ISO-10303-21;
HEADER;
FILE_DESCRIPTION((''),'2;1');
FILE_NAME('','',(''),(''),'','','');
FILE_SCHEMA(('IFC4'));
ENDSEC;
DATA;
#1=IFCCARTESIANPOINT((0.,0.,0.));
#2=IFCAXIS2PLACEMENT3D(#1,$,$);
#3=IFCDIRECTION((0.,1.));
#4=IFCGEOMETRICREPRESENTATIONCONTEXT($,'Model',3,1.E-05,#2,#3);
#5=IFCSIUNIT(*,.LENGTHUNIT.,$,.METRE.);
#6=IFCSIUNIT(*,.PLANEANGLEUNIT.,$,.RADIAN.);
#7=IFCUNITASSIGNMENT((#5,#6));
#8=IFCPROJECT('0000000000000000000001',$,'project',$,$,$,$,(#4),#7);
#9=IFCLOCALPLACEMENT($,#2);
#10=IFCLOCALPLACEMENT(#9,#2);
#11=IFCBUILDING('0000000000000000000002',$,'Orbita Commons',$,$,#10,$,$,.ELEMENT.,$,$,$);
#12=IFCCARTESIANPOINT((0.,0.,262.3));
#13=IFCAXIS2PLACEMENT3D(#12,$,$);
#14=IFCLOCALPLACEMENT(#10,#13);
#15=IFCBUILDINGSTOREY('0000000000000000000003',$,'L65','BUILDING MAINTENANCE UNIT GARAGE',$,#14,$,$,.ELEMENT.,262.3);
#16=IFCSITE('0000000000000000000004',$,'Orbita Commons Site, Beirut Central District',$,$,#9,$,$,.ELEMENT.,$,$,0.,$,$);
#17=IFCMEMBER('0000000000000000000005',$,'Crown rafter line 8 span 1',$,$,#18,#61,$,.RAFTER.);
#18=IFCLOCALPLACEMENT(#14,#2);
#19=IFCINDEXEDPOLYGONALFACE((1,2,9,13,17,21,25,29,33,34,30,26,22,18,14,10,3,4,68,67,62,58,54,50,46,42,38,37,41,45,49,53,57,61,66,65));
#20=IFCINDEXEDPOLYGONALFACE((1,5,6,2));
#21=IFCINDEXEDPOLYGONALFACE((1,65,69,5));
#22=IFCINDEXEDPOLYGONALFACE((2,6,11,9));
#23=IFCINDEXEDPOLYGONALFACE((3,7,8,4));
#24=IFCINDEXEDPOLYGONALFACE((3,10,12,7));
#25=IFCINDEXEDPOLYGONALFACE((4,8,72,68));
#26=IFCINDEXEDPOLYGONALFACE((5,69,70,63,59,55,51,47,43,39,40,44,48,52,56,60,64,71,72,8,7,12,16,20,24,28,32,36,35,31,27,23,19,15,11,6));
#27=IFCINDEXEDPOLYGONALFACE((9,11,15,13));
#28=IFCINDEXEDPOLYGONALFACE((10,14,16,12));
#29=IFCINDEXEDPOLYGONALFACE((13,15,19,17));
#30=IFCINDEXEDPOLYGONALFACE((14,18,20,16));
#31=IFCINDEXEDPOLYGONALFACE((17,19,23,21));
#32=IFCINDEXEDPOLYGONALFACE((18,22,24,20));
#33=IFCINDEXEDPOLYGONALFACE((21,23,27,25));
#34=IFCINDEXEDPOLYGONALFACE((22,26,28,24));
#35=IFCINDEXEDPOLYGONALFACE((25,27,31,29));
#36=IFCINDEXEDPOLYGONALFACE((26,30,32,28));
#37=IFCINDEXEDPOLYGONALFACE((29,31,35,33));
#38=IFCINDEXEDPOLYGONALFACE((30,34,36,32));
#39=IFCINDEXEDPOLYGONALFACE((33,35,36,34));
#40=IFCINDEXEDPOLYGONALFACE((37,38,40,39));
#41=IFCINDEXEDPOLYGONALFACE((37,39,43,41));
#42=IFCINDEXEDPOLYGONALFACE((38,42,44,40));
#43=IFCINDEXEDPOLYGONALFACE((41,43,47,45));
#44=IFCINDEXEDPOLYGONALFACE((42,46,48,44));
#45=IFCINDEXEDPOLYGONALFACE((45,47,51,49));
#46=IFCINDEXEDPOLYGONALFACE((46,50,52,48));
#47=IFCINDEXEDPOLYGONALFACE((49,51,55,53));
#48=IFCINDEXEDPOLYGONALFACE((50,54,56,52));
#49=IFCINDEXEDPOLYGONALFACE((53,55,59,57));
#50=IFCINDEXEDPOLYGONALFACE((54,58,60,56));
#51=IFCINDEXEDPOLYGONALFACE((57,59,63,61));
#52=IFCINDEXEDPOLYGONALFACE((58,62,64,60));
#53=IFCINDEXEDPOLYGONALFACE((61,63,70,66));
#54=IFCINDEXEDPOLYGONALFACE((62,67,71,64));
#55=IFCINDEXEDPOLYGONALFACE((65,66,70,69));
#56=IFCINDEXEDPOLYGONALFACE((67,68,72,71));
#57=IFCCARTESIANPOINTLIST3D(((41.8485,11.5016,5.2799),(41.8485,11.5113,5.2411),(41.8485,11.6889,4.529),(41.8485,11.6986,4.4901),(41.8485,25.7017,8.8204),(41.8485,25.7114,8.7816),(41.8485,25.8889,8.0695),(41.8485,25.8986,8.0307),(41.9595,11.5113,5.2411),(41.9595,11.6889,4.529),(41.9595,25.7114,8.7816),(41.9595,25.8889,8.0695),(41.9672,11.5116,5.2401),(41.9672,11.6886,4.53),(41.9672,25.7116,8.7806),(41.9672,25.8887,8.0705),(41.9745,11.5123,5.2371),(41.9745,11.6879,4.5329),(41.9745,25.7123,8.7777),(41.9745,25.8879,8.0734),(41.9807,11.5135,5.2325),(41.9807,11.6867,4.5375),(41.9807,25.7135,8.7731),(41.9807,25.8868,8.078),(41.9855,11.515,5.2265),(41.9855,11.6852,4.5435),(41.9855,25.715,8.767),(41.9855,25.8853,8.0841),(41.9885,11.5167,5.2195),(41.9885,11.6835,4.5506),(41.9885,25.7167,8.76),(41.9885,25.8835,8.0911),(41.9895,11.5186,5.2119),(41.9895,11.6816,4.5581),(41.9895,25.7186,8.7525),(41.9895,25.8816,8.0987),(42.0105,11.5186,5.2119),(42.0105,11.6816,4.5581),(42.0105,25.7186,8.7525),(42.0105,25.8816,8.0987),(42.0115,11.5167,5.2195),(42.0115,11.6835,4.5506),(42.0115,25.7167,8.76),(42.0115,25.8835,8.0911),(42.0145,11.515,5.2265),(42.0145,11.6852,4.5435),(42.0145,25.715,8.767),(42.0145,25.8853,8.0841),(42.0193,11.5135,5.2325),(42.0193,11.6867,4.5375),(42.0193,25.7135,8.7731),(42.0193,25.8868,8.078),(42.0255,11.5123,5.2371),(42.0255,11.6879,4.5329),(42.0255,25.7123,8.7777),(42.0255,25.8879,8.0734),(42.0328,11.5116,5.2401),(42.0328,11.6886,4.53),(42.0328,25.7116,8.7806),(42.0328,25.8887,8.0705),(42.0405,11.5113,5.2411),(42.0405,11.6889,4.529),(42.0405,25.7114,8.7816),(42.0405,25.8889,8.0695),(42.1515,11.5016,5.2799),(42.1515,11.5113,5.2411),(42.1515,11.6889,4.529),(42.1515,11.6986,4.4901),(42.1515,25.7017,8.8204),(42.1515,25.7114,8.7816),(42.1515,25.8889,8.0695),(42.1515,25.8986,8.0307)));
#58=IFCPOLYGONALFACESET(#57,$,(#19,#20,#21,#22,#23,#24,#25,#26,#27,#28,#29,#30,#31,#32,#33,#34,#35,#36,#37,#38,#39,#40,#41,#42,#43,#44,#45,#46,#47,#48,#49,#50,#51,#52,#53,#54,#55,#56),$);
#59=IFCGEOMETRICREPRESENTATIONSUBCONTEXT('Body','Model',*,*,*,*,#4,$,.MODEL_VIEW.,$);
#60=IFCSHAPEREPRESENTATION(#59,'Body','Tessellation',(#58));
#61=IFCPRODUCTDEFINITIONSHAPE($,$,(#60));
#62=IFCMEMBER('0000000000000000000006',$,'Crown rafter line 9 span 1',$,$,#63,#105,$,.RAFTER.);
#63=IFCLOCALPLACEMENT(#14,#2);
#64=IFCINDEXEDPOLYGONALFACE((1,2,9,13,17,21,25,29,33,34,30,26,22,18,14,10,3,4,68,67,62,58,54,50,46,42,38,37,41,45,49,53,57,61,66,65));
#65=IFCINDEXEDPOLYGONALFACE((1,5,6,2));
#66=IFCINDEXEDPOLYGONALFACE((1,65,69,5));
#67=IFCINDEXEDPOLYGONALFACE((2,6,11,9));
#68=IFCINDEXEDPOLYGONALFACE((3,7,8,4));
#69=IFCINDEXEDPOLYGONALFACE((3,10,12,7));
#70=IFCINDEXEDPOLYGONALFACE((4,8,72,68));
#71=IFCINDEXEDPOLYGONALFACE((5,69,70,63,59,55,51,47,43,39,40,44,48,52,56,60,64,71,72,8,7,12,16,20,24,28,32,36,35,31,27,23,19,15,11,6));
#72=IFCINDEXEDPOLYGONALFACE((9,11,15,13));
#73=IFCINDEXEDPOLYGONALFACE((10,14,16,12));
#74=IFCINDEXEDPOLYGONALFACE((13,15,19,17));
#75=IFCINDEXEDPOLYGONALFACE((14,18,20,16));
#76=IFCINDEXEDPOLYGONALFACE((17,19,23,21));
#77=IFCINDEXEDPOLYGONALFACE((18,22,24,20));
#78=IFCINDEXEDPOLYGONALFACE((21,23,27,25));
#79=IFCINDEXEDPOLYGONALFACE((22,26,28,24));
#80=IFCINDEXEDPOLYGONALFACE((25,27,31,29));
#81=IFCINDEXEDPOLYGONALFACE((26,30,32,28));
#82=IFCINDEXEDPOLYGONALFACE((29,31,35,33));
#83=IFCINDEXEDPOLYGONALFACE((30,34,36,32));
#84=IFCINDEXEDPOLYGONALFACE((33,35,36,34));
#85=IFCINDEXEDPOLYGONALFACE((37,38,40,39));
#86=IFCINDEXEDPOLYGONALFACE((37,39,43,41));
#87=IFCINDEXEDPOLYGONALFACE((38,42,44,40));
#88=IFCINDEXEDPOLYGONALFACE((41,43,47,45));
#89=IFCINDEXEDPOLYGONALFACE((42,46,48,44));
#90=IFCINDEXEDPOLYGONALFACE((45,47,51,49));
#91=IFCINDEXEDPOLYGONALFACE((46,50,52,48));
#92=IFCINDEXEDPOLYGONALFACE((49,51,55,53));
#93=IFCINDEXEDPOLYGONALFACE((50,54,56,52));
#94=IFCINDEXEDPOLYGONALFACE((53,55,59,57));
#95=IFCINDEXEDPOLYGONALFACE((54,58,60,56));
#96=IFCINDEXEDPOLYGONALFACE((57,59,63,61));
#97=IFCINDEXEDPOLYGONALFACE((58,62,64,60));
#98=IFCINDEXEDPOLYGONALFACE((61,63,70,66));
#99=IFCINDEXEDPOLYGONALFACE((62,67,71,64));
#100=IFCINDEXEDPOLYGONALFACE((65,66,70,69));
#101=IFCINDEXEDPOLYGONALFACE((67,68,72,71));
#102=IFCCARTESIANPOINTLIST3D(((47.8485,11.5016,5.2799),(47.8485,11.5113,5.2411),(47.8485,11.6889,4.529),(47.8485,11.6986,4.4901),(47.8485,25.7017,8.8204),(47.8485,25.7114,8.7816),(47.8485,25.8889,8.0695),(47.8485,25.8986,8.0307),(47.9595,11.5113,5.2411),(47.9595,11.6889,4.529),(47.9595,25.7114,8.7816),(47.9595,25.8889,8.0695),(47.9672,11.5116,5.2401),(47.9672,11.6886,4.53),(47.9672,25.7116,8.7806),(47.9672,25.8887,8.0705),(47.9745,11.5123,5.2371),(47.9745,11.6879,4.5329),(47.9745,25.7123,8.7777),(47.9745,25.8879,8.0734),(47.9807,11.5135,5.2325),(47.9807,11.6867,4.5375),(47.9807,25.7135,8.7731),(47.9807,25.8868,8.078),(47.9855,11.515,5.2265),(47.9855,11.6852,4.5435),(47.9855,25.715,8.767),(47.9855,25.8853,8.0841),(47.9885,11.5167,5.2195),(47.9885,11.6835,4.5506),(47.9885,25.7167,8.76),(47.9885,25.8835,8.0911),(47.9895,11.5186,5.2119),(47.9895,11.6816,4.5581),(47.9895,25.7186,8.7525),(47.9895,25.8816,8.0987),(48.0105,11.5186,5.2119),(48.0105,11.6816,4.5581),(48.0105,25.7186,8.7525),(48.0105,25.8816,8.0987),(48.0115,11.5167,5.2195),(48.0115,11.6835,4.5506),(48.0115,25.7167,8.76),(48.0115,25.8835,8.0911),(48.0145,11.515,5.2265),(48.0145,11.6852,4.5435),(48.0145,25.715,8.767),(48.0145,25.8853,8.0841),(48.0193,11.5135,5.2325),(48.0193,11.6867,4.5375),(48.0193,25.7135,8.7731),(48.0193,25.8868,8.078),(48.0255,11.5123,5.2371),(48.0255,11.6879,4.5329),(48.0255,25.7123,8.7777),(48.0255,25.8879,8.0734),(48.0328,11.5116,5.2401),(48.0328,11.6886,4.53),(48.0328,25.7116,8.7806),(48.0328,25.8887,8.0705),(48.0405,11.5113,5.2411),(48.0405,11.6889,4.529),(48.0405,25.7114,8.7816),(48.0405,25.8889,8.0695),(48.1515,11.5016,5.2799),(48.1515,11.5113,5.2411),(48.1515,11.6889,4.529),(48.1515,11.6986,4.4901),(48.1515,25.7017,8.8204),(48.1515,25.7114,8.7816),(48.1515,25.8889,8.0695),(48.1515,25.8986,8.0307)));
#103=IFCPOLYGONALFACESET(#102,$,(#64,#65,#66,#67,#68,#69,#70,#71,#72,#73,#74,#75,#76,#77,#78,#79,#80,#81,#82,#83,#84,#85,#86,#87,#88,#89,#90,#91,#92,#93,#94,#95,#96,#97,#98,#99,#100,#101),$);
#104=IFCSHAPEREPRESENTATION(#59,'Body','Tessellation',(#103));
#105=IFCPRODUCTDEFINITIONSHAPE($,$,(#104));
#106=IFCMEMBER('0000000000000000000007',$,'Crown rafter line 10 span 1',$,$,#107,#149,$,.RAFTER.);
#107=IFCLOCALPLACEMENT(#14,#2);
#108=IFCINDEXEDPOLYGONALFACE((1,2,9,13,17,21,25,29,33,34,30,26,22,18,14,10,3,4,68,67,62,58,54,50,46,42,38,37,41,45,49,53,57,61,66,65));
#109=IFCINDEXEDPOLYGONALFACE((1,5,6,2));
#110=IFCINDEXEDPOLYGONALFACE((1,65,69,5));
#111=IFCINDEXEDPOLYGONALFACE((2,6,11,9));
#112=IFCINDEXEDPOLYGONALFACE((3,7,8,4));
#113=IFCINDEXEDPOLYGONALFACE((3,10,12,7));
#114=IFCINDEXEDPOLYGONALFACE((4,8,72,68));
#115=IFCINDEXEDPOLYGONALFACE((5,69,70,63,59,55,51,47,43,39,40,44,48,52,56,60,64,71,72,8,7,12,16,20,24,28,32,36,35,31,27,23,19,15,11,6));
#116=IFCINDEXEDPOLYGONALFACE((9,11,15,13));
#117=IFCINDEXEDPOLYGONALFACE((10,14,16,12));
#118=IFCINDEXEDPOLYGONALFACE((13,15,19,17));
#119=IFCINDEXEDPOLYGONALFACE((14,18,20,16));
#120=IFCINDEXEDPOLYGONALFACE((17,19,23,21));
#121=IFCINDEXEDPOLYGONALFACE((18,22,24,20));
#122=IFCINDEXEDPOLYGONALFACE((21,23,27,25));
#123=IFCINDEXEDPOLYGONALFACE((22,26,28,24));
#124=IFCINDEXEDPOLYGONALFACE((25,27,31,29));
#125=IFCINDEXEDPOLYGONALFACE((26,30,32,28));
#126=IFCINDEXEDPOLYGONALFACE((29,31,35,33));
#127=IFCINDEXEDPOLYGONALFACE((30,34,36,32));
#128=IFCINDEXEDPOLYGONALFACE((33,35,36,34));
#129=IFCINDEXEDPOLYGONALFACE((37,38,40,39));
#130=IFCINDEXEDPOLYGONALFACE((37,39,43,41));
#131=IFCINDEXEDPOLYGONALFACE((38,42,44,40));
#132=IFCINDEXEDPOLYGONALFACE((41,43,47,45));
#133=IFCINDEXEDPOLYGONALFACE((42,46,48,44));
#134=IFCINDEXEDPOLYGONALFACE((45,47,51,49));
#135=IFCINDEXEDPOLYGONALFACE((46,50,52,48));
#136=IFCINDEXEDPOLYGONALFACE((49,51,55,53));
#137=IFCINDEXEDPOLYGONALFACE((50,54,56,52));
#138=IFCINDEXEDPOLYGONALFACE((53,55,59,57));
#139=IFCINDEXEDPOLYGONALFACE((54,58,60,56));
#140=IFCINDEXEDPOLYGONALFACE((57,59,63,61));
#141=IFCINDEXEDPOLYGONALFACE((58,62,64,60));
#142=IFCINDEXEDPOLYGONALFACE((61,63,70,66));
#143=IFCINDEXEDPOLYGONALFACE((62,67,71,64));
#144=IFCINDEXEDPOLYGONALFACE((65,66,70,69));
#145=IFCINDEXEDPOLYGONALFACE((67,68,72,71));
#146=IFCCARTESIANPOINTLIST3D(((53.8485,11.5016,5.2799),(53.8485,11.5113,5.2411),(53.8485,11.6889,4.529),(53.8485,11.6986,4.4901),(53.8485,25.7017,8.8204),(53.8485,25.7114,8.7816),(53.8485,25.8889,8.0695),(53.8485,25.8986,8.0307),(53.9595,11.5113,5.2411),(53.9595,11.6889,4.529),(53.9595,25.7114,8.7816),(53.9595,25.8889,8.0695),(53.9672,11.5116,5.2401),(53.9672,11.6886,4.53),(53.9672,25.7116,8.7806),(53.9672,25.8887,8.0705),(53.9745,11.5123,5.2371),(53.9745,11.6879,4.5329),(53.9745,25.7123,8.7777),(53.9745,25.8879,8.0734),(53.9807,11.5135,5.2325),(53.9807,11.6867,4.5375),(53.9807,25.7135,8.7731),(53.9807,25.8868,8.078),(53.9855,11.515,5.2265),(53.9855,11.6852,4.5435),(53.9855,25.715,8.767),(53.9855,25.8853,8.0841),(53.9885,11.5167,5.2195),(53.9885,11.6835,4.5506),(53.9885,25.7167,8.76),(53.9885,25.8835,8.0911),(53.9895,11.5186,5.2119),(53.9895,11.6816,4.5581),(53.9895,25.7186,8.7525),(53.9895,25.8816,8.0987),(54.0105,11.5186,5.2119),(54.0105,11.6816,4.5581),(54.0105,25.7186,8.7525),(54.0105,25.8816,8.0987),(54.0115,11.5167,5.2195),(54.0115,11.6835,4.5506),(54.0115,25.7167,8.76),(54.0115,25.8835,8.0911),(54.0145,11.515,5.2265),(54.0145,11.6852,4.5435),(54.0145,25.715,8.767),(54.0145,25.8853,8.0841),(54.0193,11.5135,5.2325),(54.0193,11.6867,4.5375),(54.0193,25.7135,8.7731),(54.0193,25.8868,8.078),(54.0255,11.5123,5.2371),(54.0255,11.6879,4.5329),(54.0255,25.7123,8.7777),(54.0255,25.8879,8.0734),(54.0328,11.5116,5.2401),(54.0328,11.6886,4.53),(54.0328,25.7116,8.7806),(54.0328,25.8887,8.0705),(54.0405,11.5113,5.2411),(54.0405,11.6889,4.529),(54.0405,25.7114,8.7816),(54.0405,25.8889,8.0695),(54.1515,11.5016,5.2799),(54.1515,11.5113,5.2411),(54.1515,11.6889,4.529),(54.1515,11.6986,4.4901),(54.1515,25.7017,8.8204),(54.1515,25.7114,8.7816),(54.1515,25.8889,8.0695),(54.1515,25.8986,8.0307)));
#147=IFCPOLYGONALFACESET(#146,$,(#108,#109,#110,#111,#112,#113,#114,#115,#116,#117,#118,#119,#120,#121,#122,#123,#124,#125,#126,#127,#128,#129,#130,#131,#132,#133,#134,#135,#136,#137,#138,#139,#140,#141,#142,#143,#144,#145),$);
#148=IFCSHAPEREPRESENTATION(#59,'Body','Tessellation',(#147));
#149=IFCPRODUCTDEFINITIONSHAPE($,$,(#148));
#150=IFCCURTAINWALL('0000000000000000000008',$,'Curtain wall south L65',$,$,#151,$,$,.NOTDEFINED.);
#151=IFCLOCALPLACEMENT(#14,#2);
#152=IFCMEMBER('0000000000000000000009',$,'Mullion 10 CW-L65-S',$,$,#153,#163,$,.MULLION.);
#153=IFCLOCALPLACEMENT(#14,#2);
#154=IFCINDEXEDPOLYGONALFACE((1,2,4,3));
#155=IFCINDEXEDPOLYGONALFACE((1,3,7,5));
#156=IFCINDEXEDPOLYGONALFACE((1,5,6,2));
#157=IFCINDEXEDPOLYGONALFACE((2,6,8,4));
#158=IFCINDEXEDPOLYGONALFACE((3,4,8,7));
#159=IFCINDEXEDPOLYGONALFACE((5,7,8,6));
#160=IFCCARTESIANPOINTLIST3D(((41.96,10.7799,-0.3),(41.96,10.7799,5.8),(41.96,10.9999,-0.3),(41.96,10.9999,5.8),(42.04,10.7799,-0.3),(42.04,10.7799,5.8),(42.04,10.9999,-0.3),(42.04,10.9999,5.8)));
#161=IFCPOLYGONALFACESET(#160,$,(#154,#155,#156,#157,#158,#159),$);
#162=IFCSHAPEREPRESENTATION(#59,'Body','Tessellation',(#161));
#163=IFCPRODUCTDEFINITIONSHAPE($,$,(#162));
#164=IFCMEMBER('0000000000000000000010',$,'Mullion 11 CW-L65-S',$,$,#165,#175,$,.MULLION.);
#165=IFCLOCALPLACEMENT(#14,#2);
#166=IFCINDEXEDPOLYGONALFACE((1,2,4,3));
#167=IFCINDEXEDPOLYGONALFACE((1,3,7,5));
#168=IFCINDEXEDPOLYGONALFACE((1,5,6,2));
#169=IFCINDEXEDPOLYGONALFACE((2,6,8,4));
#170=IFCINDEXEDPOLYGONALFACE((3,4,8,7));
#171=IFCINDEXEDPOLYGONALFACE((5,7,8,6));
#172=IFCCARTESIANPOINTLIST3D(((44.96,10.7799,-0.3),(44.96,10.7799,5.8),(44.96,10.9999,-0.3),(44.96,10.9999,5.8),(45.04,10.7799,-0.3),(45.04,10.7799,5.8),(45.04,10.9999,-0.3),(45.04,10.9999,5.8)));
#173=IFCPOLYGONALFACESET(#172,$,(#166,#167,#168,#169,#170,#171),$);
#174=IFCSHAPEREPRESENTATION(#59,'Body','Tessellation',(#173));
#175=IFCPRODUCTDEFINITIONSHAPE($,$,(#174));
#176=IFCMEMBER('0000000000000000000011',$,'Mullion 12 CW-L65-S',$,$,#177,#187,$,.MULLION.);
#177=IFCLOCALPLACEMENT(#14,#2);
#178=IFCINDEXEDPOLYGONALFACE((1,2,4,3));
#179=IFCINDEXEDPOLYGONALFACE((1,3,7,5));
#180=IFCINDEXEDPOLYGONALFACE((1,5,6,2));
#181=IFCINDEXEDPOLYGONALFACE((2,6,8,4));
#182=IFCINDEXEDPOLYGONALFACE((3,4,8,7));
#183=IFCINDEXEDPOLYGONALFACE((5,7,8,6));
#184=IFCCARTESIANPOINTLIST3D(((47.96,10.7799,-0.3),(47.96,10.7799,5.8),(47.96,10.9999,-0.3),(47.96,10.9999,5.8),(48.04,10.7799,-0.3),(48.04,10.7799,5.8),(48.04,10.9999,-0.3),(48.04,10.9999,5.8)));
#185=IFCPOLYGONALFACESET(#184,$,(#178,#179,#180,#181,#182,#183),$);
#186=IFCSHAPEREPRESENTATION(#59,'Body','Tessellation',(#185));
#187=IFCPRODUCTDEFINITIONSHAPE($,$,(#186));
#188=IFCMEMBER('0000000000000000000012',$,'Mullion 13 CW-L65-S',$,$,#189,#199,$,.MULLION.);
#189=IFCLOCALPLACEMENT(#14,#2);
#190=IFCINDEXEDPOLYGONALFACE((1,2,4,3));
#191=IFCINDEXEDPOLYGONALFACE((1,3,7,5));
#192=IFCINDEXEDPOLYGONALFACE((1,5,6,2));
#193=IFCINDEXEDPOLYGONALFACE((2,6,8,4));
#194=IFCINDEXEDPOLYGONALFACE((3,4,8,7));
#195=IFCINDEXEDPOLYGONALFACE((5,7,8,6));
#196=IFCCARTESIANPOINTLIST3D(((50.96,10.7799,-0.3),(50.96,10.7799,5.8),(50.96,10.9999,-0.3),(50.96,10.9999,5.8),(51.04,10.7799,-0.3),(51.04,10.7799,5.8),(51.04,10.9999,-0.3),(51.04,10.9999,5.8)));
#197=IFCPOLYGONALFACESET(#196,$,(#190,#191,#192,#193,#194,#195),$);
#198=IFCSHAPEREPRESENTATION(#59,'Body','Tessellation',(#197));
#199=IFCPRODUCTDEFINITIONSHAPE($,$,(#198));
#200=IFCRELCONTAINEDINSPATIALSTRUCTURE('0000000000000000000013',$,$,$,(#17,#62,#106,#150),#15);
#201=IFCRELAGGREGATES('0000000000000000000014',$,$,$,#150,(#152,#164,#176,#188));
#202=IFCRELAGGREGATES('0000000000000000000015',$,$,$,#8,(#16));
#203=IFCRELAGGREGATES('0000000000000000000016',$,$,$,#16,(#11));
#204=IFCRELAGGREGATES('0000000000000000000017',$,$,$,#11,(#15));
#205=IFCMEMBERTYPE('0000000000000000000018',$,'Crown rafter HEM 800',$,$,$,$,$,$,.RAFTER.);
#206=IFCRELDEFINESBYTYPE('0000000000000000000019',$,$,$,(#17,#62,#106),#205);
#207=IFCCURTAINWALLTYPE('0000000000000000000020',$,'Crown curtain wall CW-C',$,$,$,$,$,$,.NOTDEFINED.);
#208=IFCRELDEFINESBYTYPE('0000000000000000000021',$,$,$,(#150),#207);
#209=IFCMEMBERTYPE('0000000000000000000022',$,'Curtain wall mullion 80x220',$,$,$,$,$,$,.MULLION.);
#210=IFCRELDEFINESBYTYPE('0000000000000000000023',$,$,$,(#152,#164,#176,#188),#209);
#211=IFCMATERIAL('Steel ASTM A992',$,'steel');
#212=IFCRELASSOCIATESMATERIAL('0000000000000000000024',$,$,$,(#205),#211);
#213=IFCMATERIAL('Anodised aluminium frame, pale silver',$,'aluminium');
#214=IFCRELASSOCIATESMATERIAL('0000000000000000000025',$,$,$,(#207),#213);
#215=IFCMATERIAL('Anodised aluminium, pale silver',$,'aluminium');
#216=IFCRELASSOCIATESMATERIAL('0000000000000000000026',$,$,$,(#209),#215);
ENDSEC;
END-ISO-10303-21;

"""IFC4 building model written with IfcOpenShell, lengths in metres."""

from ifc_helpers import new_model, si_unit, direction, frame, origin, origin_2d, place, context, subcontext, project, spatial, rectangle, i_section, extrude, material, material_profile, profile_set, type_object, element, aggregate, save


model = new_model("IFC4")

# Units and contexts
model_context = context("Model", 3, precision=1e-05, world=origin(), true_north=direction((0.0, 1.0)))
body_context = subcontext(model_context, "Body", "Model", "MODEL_VIEW")
ifc_project = project(units=[si_unit("LENGTHUNIT", "METRE"), si_unit("PLANEANGLEUNIT", "RADIAN")], contexts=[model_context])

# Site, building, storey
site_placement = place(None, origin())
site = spatial("IfcSite", under=ifc_project, at=site_placement, Name="Orbita Commons Site, Beirut Central District", CompositionType="ELEMENT", RefElevation=0.0)
building_placement = place(site_placement, origin())
building = spatial("IfcBuilding", under=site, at=building_placement, Name="Orbita Commons", CompositionType="ELEMENT")
storey_placement = place(building_placement, frame((0.0, 0.0, 262.3)))
storey = spatial("IfcBuildingStorey", under=building, at=storey_placement, Name="L65", Description="BUILDING MAINTENANCE UNIT GARAGE", CompositionType="ELEMENT", Elevation=262.3)

# Members
ifc_material_1 = material(Name="Steel ASTM A992", Category="steel")
ifc_material_profile_1 = material_profile(ifc_material_1, i_section(OverallWidth=0.303, OverallDepth=0.814, WebThickness=0.021, FlangeThickness=0.04, FilletRadius=0.03, at=origin_2d()), Name="HEM 800")
ifc_profile_set_1 = profile_set([ifc_material_profile_1], Name="Steel ASTM A992")
member_type_1 = type_object("IfcMemberType", Name="Crown rafter HEM 800", PredefinedType="RAFTER", material=ifc_profile_set_1)
for number, where, z_axis, x_axis, name in (
    (1, (42.0, 11.6001, 4.885), (0.0, 0.970294, 0.241927), (-1.0, 0.0, 0.0), "Crown rafter line 8 span 1"),
    (2, (48.0, 11.6001, 4.885), (0.0, 0.970294, 0.241927), (-1.0, 0.0, 0.0), "Crown rafter line 9 span 1"),
    (3, (54.0, 11.6001, 4.885), (0.0, 0.970294, 0.241927), (-1.0, 0.0, 0.0), "Crown rafter line 10 span 1"),
):
    element("IfcMember", number, at=place(storey_placement, frame(where, z_axis=z_axis, x_axis=x_axis)), inside=storey, type_object=member_type_1, Name=name, PredefinedType="RAFTER", context=body_context, shape_type="SweptSolid", body=[
        extrude(i_section(OverallWidth=0.303, OverallDepth=0.814, WebThickness=0.021, FlangeThickness=0.04, FilletRadius=0.03, at=origin_2d()), origin(), (0.0, 0.0, 1.0), 14.6348),
    ])

# Curtain wall, members
ifc_material_2 = material(Name="Anodised aluminium frame, pale silver", Category="aluminium")
curtain_wall_type = type_object("IfcCurtainWallType", Name="Crown curtain wall CW-C", PredefinedType="NOTDEFINED", material=ifc_material_2)
curtain_wall_placement = place(storey_placement, origin())
curtain_wall = element("IfcCurtainWall", 4, at=curtain_wall_placement, inside=storey, type_object=curtain_wall_type, Name="Curtain wall south L65", PredefinedType="NOTDEFINED")
ifc_material_3 = material(Name="Anodised aluminium, pale silver", Category="aluminium")
ifc_material_profile_2 = material_profile(ifc_material_3, rectangle(XDim=0.0801, YDim=0.22, at=origin_2d()), Name="AL 80x220")
ifc_profile_set_2 = profile_set([ifc_material_profile_2], Name="Anodised aluminium, pale silver")
member_type_2 = type_object("IfcMemberType", Name="Curtain wall mullion 80x220", PredefinedType="MULLION", material=ifc_profile_set_2)
member_1_placement = place(storey_placement, frame((42.0, 10.8899, -0.3), z_axis=(0.0, 0.0, 1.0), x_axis=(1.0, 0.0, 0.0)))
member_1 = element("IfcMember", 5, at=member_1_placement, type_object=member_type_2, Name="Mullion 10 CW-L65-S", PredefinedType="MULLION", context=body_context, shape_type="SweptSolid", body=[
    extrude(rectangle(XDim=0.0801, YDim=0.22, at=origin_2d()), origin(), (0.0, 0.0, 1.0), 6.1001),
])
member_2_placement = place(storey_placement, frame((45.0, 10.8899, -0.3), z_axis=(0.0, 0.0, 1.0), x_axis=(1.0, 0.0, 0.0)))
member_2 = element("IfcMember", 6, at=member_2_placement, type_object=member_type_2, Name="Mullion 11 CW-L65-S", PredefinedType="MULLION", context=body_context, shape_type="SweptSolid", body=[
    extrude(rectangle(XDim=0.0801, YDim=0.22, at=origin_2d()), origin(), (0.0, 0.0, 1.0), 6.1001),
])
member_3_placement = place(storey_placement, frame((48.0, 10.8899, -0.3), z_axis=(0.0, 0.0, 1.0), x_axis=(1.0, 0.0, 0.0)))
member_3 = element("IfcMember", 7, at=member_3_placement, type_object=member_type_2, Name="Mullion 12 CW-L65-S", PredefinedType="MULLION", context=body_context, shape_type="SweptSolid", body=[
    extrude(rectangle(XDim=0.0801, YDim=0.22, at=origin_2d()), origin(), (0.0, 0.0, 1.0), 6.1001),
])
member_4_placement = place(storey_placement, frame((51.0, 10.8899, -0.3), z_axis=(0.0, 0.0, 1.0), x_axis=(1.0, 0.0, 0.0)))
member_4 = element("IfcMember", 8, at=member_4_placement, type_object=member_type_2, Name="Mullion 13 CW-L65-S", PredefinedType="MULLION", context=body_context, shape_type="SweptSolid", body=[
    extrude(rectangle(XDim=0.0801, YDim=0.22, at=origin_2d()), origin(), (0.0, 0.0, 1.0), 6.1001),
])
aggregate(curtain_wall, [member_1, member_2, member_3, member_4])

save(model, "model.ifc")
